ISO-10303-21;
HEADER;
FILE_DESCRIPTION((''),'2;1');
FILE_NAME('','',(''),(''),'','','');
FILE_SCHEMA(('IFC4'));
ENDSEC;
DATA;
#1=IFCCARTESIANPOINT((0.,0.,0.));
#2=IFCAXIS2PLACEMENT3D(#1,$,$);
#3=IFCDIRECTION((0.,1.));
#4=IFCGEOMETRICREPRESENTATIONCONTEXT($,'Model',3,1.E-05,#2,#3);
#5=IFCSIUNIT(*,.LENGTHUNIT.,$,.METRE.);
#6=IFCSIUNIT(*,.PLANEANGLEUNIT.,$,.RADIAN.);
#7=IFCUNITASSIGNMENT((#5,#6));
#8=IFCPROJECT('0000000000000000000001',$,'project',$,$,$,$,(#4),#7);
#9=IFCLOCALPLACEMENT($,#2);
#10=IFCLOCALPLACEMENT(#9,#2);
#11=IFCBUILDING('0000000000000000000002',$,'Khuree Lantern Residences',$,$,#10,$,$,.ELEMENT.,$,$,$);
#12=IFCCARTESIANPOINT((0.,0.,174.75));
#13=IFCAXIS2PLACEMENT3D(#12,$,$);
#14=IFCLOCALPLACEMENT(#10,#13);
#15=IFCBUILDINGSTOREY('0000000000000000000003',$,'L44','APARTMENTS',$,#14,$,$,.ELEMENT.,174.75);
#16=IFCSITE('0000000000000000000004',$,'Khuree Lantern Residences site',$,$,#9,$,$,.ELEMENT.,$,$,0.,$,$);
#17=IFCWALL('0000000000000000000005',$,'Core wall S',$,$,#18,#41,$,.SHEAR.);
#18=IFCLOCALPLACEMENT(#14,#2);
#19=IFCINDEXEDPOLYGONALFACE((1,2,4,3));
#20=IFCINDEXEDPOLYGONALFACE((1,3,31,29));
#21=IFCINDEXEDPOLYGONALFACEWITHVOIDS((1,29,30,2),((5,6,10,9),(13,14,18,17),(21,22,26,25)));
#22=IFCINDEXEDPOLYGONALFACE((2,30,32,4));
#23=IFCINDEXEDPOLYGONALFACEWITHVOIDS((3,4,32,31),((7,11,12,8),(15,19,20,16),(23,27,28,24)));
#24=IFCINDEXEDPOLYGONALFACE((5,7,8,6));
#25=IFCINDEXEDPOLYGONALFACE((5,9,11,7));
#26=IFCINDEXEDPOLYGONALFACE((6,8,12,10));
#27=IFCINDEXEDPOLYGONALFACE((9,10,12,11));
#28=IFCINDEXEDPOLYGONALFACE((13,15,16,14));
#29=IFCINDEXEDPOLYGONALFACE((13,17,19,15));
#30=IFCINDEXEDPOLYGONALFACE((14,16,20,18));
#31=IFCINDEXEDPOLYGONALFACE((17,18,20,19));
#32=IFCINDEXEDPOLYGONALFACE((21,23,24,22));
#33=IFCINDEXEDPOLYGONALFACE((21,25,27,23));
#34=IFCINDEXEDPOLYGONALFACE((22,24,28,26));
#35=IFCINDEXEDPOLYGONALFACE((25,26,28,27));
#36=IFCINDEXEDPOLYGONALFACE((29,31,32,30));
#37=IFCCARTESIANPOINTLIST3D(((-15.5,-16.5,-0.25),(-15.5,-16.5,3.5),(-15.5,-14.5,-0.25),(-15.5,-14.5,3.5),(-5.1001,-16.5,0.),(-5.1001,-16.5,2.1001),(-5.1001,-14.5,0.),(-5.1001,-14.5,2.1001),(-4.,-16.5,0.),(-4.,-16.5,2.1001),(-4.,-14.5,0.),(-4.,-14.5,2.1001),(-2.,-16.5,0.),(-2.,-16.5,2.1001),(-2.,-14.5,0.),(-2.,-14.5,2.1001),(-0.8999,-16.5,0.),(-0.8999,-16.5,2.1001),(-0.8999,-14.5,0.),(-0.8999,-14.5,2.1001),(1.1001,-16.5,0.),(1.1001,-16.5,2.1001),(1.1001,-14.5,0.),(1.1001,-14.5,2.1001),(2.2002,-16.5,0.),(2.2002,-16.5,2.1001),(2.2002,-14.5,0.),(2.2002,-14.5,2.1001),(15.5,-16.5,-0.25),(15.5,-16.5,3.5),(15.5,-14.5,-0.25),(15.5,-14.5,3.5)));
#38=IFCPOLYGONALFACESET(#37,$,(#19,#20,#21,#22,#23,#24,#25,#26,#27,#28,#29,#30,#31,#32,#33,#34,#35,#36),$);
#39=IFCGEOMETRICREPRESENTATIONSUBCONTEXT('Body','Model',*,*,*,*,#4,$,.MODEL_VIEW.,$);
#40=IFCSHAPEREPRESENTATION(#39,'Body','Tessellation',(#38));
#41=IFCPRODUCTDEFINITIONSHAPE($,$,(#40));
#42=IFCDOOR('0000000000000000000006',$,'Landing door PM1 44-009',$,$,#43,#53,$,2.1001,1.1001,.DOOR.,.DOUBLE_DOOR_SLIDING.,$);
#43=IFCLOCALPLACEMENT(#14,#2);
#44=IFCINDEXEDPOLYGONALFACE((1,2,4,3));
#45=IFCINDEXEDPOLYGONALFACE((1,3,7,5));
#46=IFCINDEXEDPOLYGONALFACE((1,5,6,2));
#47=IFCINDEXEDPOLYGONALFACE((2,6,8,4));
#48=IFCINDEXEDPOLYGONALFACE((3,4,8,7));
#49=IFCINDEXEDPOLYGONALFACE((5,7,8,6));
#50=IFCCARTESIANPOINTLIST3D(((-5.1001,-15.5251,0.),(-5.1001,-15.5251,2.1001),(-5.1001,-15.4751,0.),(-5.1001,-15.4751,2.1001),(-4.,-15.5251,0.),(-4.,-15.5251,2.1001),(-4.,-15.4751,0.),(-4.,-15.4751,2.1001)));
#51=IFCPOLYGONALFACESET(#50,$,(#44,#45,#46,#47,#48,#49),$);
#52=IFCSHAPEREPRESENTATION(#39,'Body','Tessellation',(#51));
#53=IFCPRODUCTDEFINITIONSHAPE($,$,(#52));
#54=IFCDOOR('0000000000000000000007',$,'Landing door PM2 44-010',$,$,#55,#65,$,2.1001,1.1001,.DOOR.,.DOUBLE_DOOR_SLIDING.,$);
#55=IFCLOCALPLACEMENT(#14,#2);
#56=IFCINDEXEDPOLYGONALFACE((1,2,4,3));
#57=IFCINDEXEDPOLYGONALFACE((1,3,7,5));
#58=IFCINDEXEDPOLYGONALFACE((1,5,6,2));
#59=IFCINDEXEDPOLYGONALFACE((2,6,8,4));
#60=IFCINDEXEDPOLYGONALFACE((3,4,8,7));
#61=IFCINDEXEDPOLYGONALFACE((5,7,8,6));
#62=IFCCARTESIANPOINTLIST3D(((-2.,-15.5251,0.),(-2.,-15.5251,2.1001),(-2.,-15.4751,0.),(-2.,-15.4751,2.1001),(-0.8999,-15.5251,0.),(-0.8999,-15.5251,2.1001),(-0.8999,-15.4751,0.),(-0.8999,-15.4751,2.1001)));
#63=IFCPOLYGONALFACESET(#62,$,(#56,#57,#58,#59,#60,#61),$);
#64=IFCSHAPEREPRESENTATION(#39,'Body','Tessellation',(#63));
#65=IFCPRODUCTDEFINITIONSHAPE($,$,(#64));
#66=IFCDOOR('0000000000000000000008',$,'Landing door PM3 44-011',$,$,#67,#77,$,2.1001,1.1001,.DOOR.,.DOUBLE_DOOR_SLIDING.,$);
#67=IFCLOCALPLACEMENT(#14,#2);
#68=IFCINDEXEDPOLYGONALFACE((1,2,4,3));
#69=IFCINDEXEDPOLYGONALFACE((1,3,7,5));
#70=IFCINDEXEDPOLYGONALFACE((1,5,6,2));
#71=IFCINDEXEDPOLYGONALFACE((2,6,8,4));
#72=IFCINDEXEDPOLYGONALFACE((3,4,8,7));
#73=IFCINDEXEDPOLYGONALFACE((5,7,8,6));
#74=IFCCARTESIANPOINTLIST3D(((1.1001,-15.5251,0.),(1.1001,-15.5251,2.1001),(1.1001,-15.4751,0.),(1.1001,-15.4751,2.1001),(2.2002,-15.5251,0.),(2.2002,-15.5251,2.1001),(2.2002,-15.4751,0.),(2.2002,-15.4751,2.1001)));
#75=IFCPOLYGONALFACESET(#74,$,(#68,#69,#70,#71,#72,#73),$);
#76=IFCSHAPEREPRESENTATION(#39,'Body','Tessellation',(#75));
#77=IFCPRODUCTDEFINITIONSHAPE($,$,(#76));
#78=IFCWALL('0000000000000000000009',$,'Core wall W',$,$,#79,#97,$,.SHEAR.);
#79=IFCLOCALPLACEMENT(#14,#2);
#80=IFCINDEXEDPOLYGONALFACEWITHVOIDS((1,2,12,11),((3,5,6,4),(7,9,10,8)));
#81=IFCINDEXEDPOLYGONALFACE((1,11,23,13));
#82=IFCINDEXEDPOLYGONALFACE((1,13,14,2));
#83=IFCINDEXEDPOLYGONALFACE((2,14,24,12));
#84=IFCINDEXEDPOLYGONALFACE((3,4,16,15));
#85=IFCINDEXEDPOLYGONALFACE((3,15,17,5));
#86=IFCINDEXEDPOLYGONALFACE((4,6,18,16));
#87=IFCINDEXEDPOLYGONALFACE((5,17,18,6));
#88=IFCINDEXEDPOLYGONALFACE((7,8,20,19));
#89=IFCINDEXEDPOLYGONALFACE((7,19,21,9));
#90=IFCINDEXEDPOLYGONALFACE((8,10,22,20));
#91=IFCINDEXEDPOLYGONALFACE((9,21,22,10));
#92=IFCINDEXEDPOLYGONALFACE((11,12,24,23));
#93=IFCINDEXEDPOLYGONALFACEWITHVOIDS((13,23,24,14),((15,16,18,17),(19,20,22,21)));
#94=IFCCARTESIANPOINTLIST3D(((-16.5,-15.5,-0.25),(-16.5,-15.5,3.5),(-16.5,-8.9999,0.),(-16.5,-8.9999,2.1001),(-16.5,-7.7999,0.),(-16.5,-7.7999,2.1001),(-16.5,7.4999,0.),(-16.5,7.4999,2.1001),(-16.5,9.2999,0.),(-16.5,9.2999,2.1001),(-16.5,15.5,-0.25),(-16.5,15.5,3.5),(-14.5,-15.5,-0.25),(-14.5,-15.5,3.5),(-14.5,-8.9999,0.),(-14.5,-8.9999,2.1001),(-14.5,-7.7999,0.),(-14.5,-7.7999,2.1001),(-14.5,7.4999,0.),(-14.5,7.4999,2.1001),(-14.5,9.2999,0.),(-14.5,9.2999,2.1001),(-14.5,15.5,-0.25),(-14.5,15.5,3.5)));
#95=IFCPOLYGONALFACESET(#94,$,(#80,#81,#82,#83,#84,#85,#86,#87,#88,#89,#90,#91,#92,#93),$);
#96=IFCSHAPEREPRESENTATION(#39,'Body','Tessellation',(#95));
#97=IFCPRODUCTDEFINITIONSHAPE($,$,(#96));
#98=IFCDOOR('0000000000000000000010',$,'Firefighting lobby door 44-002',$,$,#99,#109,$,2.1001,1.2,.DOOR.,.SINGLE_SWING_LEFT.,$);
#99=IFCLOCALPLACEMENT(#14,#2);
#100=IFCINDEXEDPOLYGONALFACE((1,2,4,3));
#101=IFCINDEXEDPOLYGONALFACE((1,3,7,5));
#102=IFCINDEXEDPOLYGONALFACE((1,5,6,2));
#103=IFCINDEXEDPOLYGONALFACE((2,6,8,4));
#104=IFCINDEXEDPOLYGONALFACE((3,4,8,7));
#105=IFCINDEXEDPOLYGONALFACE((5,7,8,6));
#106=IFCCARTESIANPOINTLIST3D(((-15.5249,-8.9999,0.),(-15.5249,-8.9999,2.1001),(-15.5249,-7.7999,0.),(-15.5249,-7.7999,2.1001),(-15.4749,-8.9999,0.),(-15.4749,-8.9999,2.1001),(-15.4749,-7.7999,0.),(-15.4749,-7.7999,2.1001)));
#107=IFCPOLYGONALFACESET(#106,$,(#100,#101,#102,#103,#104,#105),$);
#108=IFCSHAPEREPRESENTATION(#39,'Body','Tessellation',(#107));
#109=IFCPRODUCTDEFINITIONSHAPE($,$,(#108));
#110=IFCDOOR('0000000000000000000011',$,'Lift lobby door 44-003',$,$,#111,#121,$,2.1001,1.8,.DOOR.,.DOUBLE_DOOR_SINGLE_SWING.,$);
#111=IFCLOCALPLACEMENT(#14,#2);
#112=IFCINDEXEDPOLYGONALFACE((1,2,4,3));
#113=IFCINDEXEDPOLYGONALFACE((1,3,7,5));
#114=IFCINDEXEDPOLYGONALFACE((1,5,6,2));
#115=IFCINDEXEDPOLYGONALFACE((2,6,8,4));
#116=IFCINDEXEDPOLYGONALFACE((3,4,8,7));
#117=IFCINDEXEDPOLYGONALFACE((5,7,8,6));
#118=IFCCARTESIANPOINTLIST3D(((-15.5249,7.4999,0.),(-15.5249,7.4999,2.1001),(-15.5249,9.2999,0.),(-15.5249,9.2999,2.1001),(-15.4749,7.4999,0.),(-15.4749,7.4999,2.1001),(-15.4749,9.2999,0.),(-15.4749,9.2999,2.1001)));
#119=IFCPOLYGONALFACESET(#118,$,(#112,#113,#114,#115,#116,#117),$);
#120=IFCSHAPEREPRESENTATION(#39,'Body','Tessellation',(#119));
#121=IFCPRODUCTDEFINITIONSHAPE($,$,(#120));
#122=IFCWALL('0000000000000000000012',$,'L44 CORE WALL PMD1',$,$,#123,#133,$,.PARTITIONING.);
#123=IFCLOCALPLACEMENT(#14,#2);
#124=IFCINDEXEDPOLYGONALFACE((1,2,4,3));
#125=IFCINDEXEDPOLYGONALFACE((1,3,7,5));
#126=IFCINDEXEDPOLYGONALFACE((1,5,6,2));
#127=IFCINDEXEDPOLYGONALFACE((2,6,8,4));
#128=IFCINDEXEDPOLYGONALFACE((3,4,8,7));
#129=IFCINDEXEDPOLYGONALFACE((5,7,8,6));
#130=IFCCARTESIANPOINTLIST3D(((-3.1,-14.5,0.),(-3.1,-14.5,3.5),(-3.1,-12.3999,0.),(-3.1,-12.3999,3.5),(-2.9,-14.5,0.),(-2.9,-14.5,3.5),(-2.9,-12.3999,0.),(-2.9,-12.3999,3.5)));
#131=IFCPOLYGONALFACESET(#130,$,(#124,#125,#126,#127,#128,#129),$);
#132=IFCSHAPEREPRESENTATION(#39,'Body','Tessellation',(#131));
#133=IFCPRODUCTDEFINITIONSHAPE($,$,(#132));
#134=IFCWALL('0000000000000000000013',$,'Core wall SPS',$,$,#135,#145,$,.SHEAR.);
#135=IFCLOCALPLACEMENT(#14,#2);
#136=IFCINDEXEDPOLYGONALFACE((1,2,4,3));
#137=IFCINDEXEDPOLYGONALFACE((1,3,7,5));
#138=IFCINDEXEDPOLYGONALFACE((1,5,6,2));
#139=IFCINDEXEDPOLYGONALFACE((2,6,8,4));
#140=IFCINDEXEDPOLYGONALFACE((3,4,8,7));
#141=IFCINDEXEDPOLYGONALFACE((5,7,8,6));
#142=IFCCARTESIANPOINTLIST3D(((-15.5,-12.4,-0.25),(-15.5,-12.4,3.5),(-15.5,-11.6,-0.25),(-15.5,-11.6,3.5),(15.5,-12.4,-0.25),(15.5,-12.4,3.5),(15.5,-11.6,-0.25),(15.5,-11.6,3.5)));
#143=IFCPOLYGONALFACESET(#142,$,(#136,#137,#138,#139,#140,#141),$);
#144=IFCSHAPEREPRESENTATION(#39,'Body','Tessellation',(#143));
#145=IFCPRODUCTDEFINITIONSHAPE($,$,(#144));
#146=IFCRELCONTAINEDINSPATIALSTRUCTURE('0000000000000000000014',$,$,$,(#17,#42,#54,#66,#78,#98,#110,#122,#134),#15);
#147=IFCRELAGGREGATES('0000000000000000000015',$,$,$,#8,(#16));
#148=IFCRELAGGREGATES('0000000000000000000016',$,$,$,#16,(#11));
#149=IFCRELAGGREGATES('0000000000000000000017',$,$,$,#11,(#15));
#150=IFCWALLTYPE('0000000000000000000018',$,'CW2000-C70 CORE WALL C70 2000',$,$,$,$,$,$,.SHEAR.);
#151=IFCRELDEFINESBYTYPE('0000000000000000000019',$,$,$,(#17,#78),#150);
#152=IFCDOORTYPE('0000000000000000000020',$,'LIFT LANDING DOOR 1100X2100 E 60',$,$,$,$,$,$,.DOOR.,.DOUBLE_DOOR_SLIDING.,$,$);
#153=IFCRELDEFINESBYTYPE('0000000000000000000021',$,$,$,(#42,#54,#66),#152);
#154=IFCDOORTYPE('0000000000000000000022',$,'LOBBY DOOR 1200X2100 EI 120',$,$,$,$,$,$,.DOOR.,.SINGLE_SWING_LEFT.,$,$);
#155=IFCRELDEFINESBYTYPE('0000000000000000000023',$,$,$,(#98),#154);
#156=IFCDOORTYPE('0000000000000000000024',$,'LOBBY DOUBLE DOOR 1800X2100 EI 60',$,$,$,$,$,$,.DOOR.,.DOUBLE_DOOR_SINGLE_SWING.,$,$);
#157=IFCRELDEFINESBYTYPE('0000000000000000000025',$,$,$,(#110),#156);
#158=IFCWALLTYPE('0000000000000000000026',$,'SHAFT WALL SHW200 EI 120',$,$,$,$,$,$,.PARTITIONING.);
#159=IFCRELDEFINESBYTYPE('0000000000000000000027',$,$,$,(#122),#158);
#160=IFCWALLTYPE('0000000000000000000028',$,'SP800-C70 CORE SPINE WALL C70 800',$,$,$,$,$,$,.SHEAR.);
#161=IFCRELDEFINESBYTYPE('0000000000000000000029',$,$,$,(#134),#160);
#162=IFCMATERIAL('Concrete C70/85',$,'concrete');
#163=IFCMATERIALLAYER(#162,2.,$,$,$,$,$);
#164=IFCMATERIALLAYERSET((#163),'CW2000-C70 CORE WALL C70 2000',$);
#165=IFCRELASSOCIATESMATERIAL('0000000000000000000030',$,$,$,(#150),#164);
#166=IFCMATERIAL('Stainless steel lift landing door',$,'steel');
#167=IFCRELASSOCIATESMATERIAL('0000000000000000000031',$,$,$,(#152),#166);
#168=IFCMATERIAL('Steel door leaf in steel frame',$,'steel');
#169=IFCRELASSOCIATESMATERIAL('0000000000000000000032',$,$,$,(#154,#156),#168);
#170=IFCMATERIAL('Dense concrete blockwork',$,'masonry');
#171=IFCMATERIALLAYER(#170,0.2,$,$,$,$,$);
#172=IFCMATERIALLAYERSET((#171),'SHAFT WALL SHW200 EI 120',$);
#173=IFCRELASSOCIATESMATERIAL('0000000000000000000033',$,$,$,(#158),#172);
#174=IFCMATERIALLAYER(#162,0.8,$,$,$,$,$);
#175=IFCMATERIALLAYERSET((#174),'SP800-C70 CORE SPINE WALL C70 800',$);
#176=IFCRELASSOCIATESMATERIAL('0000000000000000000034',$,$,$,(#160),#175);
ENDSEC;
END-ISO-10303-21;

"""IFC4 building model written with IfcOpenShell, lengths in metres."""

from ifc_helpers import new_model, si_unit, direction, frame, frame_2d, origin, place, context, subcontext, project, spatial, rectangle, extrude, material, layer, layer_set, type_object, element, fill, save


model = new_model("IFC4")

# Units and contexts
model_context = context("Model", 3, precision=1e-05, world=origin(), true_north=direction((0.0, 1.0)))
body_context = subcontext(model_context, "Body", "Model", "MODEL_VIEW")
ifc_project = project(units=[si_unit("LENGTHUNIT", "METRE"), si_unit("PLANEANGLEUNIT", "RADIAN")], contexts=[model_context])

# Site, building, storey
site_placement = place(None, origin())
site = spatial("IfcSite", under=ifc_project, at=site_placement, Name="Khuree Lantern Residences site", CompositionType="ELEMENT", RefElevation=0.0)
building_placement = place(site_placement, origin())
building = spatial("IfcBuilding", under=site, at=building_placement, Name="Khuree Lantern Residences", CompositionType="ELEMENT")
storey_placement = place(building_placement, frame((0.0, 0.0, 174.75)))
storey = spatial("IfcBuildingStorey", under=building, at=storey_placement, Name="L44", Description="APARTMENTS", CompositionType="ELEMENT", Elevation=174.75)

# Shared definitions
ifc_material_1 = material(Name="Concrete C70/85", Category="concrete")

# Shared definitions
ifc_material_2 = material(Name="Dense concrete blockwork", Category="masonry")
ifc_material_3 = material(Name="Stainless steel lift landing door", Category="steel")

# Walls, openings, doors
ifc_layer_1 = layer(ifc_material_1, 2.0)
ifc_layer_set_1 = layer_set([ifc_layer_1], Name="CW2000-C70 CORE WALL C70 2000")
wall_type_1 = type_object("IfcWallType", Name="CW2000-C70 CORE WALL C70 2000", PredefinedType="SHEAR", material=ifc_layer_set_1)
wall_1_placement = place(storey_placement, frame((-15.5, -15.5, -0.25), z_axis=(0.0, 0.0, 1.0), x_axis=(1.0, 0.0, 0.0)))
wall_1 = element("IfcWall", 1, at=wall_1_placement, inside=storey, type_object=wall_type_1, Name="Core wall S", PredefinedType="SHEAR", context=body_context, shape_type="SweptSolid", body=[
    extrude(rectangle(XDim=31.0, YDim=2.0, at=frame_2d((15.5, 0.0))), origin(), (0.0, 0.0, 1.0), 3.75),
])
opening_1_placement = place(wall_1_placement, frame((10.3999, 0.0, 0.25)))
opening_1 = element("IfcOpeningElement", 2, at=opening_1_placement, cuts=wall_1, PredefinedType="OPENING", context=body_context, shape_type="SweptSolid", body=[
    extrude(rectangle(XDim=1.1001, YDim=2.1001, at=frame_2d((0.55, 1.05))), frame((0.0, 1.01, 0.0), z_axis=(0.0, -1.0, 0.0), x_axis=(1.0, 0.0, 0.0)), (0.0, 0.0, 1.0), 2.02),
])
opening_2_placement = place(wall_1_placement, frame((13.5, 0.0, 0.25)))
opening_2 = element("IfcOpeningElement", 3, at=opening_2_placement, cuts=wall_1, PredefinedType="OPENING", context=body_context, shape_type="SweptSolid", body=[
    extrude(rectangle(XDim=1.1001, YDim=2.1001, at=frame_2d((0.55, 1.05))), frame((0.0, 1.01, 0.0), z_axis=(0.0, -1.0, 0.0), x_axis=(1.0, 0.0, 0.0)), (0.0, 0.0, 1.0), 2.02),
])
opening_3_placement = place(wall_1_placement, frame((16.6001, 0.0, 0.25)))
opening_3 = element("IfcOpeningElement", 4, at=opening_3_placement, cuts=wall_1, PredefinedType="OPENING", context=body_context, shape_type="SweptSolid", body=[
    extrude(rectangle(XDim=1.1001, YDim=2.1001, at=frame_2d((0.55, 1.05))), frame((0.0, 1.01, 0.0), z_axis=(0.0, -1.0, 0.0), x_axis=(1.0, 0.0, 0.0)), (0.0, 0.0, 1.0), 2.02),
])
door_type_1 = type_object("IfcDoorType", Name="LIFT LANDING DOOR 1100X2100 E 60", OperationType="DOUBLE_DOOR_SLIDING", PredefinedType="DOOR", material=ifc_material_3)
door_1_placement = place(opening_1_placement, origin())
door_1 = element("IfcDoor", 5, at=door_1_placement, inside=storey, type_object=door_type_1, Name="Landing door PM1 44-009", OperationType="DOUBLE_DOOR_SLIDING", OverallHeight=2.1001, OverallWidth=1.1001, PredefinedType="DOOR", context=body_context, shape_type="SweptSolid", body=[
    extrude(rectangle(XDim=1.1001, YDim=2.1001, at=frame_2d((0.55, 1.05))), frame((0.0, 0.0249, 0.0), z_axis=(0.0, -1.0, 0.0), x_axis=(1.0, 0.0, 0.0)), (0.0, 0.0, 1.0), 0.05),
])
fill(opening_1, door_1)
door_2_placement = place(opening_2_placement, origin())
door_2 = element("IfcDoor", 6, at=door_2_placement, inside=storey, type_object=door_type_1, Name="Landing door PM2 44-010", OperationType="DOUBLE_DOOR_SLIDING", OverallHeight=2.1001, OverallWidth=1.1001, PredefinedType="DOOR", context=body_context, shape_type="SweptSolid", body=[
    extrude(rectangle(XDim=1.1001, YDim=2.1001, at=frame_2d((0.55, 1.05))), frame((0.0, 0.0249, 0.0), z_axis=(0.0, -1.0, 0.0), x_axis=(1.0, 0.0, 0.0)), (0.0, 0.0, 1.0), 0.05),
])
fill(opening_2, door_2)
door_3_placement = place(opening_3_placement, origin())
door_3 = element("IfcDoor", 7, at=door_3_placement, inside=storey, type_object=door_type_1, Name="Landing door PM3 44-011", OperationType="DOUBLE_DOOR_SLIDING", OverallHeight=2.1001, OverallWidth=1.1001, PredefinedType="DOOR", context=body_context, shape_type="SweptSolid", body=[
    extrude(rectangle(XDim=1.1001, YDim=2.1001, at=frame_2d((0.55, 1.05))), frame((0.0, 0.0249, 0.0), z_axis=(0.0, -1.0, 0.0), x_axis=(1.0, 0.0, 0.0)), (0.0, 0.0, 1.0), 0.05),
])
fill(opening_3, door_3)
wall_2_placement = place(storey_placement, frame((-15.5, -15.5, -0.25), z_axis=(0.0, 0.0, 1.0), x_axis=(0.0, 1.0, 0.0)))
wall_2 = element("IfcWall", 8, at=wall_2_placement, inside=storey, type_object=wall_type_1, Name="Core wall W", PredefinedType="SHEAR", context=body_context, shape_type="SweptSolid", body=[
    extrude(rectangle(XDim=31.0, YDim=2.0, at=frame_2d((15.5, 0.0))), origin(), (0.0, 0.0, 1.0), 3.75),
])
opening_4_placement = place(wall_2_placement, frame((6.5, 0.0, 0.25)))
opening_4 = element("IfcOpeningElement", 9, at=opening_4_placement, cuts=wall_2, PredefinedType="OPENING", context=body_context, shape_type="SweptSolid", body=[
    extrude(rectangle(XDim=1.2, YDim=2.1001, at=frame_2d((0.6001, 1.05))), frame((0.0, 1.01, 0.0), z_axis=(0.0, -1.0, 0.0), x_axis=(1.0, 0.0, 0.0)), (0.0, 0.0, 1.0), 2.02),
])
opening_5_placement = place(wall_2_placement, frame((23.0, 0.0, 0.25)))
opening_5 = element("IfcOpeningElement", 10, at=opening_5_placement, cuts=wall_2, PredefinedType="OPENING", context=body_context, shape_type="SweptSolid", body=[
    extrude(rectangle(XDim=1.8, YDim=2.1001, at=frame_2d((0.8999, 1.05))), frame((0.0, 1.01, 0.0), z_axis=(0.0, -1.0, 0.0), x_axis=(1.0, 0.0, 0.0)), (0.0, 0.0, 1.0), 2.02),
])
ifc_material_4 = material(Name="Steel door leaf in steel frame", Category="steel")
door_type_2 = type_object("IfcDoorType", Name="LOBBY DOOR 1200X2100 EI 120", OperationType="SINGLE_SWING_LEFT", PredefinedType="DOOR", material=ifc_material_4)
door_4_placement = place(opening_4_placement, origin())
door_4 = element("IfcDoor", 11, at=door_4_placement, inside=storey, type_object=door_type_2, Name="Firefighting lobby door 44-002", OperationType="SINGLE_SWING_LEFT", OverallHeight=2.1001, OverallWidth=1.2, PredefinedType="DOOR", context=body_context, shape_type="SweptSolid", body=[
    extrude(rectangle(XDim=1.2, YDim=2.1001, at=frame_2d((0.6001, 1.05))), frame((0.0, 0.0249, 0.0), z_axis=(0.0, -1.0, 0.0), x_axis=(1.0, 0.0, 0.0)), (0.0, 0.0, 1.0), 0.05),
])
fill(opening_4, door_4)
door_type_3 = type_object("IfcDoorType", Name="LOBBY DOUBLE DOOR 1800X2100 EI 60", OperationType="DOUBLE_DOOR_SINGLE_SWING", PredefinedType="DOOR", material=ifc_material_4)
door_5_placement = place(opening_5_placement, origin())
door_5 = element("IfcDoor", 12, at=door_5_placement, inside=storey, type_object=door_type_3, Name="Lift lobby door 44-003", OperationType="DOUBLE_DOOR_SINGLE_SWING", OverallHeight=2.1001, OverallWidth=1.8, PredefinedType="DOOR", context=body_context, shape_type="SweptSolid", body=[
    extrude(rectangle(XDim=1.8, YDim=2.1001, at=frame_2d((0.8999, 1.05))), frame((0.0, 0.0249, 0.0), z_axis=(0.0, -1.0, 0.0), x_axis=(1.0, 0.0, 0.0)), (0.0, 0.0, 1.0), 0.05),
])
fill(opening_5, door_5)

# Walls
ifc_layer_2 = layer(ifc_material_2, 0.2)
ifc_layer_set_2 = layer_set([ifc_layer_2], Name="SHAFT WALL SHW200 EI 120")
wall_type_2 = type_object("IfcWallType", Name="SHAFT WALL SHW200 EI 120", PredefinedType="PARTITIONING", material=ifc_layer_set_2)
wall_3_placement = place(storey_placement, frame((-3.0, -14.5, 0.0), z_axis=(0.0, 0.0, 1.0), x_axis=(0.0, 1.0, 0.0)))
element("IfcWall", 13, at=wall_3_placement, inside=storey, type_object=wall_type_2, Name="L44 CORE WALL PMD1", PredefinedType="PARTITIONING", context=body_context, shape_type="SweptSolid", body=[
    extrude(rectangle(XDim=2.1001, YDim=0.2, at=frame_2d((1.05, 0.0))), origin(), (0.0, 0.0, 1.0), 3.5),
])
ifc_layer_3 = layer(ifc_material_1, 0.8)
ifc_layer_set_3 = layer_set([ifc_layer_3], Name="SP800-C70 CORE SPINE WALL C70 800")
wall_type_3 = type_object("IfcWallType", Name="SP800-C70 CORE SPINE WALL C70 800", PredefinedType="SHEAR", material=ifc_layer_set_3)
wall_4_placement = place(storey_placement, frame((-15.5, -12.0, -0.25), z_axis=(0.0, 0.0, 1.0), x_axis=(1.0, 0.0, 0.0)))
element("IfcWall", 14, at=wall_4_placement, inside=storey, type_object=wall_type_3, Name="Core wall SPS", PredefinedType="SHEAR", context=body_context, shape_type="SweptSolid", body=[
    extrude(rectangle(XDim=31.0, YDim=0.8, at=frame_2d((15.5, 0.0))), origin(), (0.0, 0.0, 1.0), 3.75),
])

save(model, "model.ifc")
